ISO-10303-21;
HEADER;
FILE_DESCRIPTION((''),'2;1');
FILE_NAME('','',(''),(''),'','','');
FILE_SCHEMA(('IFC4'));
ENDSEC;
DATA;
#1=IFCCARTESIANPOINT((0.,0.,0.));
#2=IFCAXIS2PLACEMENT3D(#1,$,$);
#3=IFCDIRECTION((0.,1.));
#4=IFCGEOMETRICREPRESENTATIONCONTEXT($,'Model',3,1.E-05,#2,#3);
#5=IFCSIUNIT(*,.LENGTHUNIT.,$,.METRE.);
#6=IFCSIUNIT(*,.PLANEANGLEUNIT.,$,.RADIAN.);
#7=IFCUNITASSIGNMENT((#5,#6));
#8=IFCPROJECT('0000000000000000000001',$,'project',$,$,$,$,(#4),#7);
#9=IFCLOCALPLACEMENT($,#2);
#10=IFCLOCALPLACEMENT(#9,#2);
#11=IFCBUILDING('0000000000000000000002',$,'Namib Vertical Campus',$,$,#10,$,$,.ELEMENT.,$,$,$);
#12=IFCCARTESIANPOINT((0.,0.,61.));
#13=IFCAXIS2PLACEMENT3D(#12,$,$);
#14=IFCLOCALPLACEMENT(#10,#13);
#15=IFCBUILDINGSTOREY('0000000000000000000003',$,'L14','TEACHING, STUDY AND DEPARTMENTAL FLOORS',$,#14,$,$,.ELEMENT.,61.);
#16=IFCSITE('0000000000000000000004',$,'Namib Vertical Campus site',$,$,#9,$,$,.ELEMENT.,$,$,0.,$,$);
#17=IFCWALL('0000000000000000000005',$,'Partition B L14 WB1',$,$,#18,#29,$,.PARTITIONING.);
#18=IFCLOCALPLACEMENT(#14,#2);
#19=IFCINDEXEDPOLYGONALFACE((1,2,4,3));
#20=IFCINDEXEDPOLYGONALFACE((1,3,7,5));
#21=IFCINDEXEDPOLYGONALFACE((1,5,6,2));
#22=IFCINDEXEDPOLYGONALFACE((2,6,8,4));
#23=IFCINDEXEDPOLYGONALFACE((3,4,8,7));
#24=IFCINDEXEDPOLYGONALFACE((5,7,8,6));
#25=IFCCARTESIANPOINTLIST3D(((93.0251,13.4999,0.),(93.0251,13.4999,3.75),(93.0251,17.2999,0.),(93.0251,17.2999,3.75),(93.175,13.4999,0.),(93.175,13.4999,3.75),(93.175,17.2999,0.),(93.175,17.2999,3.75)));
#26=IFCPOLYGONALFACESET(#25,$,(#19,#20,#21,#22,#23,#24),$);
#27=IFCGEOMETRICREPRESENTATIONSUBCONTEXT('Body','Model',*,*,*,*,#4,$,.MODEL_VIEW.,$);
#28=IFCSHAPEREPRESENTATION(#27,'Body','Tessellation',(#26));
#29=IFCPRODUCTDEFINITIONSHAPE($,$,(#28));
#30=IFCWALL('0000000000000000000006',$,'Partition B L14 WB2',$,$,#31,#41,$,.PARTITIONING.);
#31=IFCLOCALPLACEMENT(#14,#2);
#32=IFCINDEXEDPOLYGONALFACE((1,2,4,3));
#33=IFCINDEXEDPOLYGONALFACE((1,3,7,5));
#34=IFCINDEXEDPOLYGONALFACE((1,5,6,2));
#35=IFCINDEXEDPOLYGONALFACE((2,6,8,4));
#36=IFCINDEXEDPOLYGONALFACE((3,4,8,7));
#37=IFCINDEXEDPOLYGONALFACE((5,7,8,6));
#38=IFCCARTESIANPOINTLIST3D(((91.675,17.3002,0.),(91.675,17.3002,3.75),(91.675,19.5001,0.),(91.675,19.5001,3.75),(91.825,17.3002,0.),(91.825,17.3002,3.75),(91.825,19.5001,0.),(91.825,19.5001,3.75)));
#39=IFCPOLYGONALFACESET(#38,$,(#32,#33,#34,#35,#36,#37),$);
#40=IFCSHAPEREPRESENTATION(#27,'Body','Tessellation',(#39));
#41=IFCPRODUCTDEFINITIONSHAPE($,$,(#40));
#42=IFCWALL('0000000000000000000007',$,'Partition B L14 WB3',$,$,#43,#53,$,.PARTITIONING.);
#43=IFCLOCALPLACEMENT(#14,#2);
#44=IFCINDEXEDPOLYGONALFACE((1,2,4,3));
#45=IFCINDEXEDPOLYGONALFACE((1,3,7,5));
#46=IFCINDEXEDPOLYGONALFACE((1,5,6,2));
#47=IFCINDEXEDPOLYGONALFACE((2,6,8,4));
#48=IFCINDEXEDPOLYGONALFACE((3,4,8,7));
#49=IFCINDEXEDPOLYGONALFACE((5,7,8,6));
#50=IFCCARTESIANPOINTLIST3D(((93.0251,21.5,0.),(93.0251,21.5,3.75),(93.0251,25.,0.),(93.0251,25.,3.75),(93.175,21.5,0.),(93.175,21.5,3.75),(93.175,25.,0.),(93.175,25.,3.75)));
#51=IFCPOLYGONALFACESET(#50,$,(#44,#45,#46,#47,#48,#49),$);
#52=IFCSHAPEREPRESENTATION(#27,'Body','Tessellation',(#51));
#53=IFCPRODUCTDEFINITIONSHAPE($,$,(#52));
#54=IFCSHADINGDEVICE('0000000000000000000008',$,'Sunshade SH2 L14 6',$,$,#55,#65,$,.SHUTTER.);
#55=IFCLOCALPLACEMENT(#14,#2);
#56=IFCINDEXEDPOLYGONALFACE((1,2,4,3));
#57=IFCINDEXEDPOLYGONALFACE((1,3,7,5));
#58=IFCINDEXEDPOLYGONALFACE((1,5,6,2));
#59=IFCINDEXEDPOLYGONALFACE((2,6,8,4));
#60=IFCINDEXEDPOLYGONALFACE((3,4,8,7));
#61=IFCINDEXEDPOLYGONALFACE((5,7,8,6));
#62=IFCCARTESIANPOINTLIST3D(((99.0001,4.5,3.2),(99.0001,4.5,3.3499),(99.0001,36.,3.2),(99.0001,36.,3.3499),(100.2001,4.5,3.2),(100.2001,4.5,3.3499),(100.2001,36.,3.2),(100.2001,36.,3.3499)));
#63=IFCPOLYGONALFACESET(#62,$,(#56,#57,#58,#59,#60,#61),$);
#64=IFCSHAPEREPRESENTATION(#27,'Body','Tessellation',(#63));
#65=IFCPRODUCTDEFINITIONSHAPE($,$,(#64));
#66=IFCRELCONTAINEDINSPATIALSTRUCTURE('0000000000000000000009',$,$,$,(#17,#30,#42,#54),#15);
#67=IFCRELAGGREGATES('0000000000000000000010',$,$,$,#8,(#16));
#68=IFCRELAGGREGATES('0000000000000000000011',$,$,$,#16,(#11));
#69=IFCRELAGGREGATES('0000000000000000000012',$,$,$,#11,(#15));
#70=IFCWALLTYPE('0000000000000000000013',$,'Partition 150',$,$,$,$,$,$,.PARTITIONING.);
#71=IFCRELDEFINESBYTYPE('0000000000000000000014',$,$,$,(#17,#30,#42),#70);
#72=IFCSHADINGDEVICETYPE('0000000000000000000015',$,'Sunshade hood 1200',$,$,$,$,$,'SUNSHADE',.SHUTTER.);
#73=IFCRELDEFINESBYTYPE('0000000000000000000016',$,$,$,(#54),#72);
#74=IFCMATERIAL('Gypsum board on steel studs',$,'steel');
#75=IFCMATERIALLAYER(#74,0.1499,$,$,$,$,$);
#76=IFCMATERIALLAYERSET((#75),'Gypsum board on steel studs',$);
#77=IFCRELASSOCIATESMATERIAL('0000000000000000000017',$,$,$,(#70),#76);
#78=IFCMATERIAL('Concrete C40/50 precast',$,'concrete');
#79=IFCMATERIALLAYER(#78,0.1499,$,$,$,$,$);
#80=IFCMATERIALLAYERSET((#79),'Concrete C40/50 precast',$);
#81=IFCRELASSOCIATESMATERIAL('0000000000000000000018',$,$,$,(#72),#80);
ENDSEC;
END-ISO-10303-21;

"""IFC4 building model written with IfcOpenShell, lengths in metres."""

from ifc_helpers import new_model, si_unit, direction, frame, frame_2d, origin, origin_2d, place, context, subcontext, project, spatial, rectangle, extrude, material, layer, layer_set, type_object, element, save


model = new_model("IFC4")

# Units and contexts
model_context = context("Model", 3, precision=1e-05, world=origin(), true_north=direction((0.0, 1.0)))
body_context = subcontext(model_context, "Body", "Model", "MODEL_VIEW")
ifc_project = project(units=[si_unit("LENGTHUNIT", "METRE"), si_unit("PLANEANGLEUNIT", "RADIAN")], contexts=[model_context])

# Site, building, storey
site_placement = place(None, origin())
site = spatial("IfcSite", under=ifc_project, at=site_placement, Name="Namib Vertical Campus site", CompositionType="ELEMENT", RefElevation=0.0)
building_placement = place(site_placement, origin())
building = spatial("IfcBuilding", under=site, at=building_placement, Name="Namib Vertical Campus", CompositionType="ELEMENT")
storey_placement = place(building_placement, frame((0.0, 0.0, 61.0)))
storey = spatial("IfcBuildingStorey", under=building, at=storey_placement, Name="L14", Description="TEACHING, STUDY AND DEPARTMENTAL FLOORS", CompositionType="ELEMENT", Elevation=61.0)

# Walls
ifc_material_1 = material(Name="Gypsum board on steel studs", Category="steel")
ifc_layer_1 = layer(ifc_material_1, 0.1499)
ifc_layer_set_1 = layer_set([ifc_layer_1], Name="Gypsum board on steel studs")
wall_type_1 = type_object("IfcWallType", Name="Partition 150", PredefinedType="PARTITIONING", material=ifc_layer_set_1)
wall_1_placement = place(storey_placement, frame((93.1001, 13.5, 0.0), z_axis=(0.0, 0.0, 1.0), x_axis=(0.0, 1.0, 0.0)))
element("IfcWall", 1, at=wall_1_placement, inside=storey, type_object=wall_type_1, Name="Partition B L14 WB1", PredefinedType="PARTITIONING", context=body_context, shape_type="SweptSolid", body=[
    extrude(rectangle(XDim=3.8, YDim=0.1499, at=frame_2d((1.8999, 0.0))), origin(), (0.0, 0.0, 1.0), 3.75),
])
wall_2_placement = place(storey_placement, frame((91.75, 17.3, 0.0), z_axis=(0.0, 0.0, 1.0), x_axis=(0.0, 1.0, 0.0)))
element("IfcWall", 2, at=wall_2_placement, inside=storey, type_object=wall_type_1, Name="Partition B L14 WB2", PredefinedType="PARTITIONING", context=body_context, shape_type="SweptSolid", body=[
    extrude(rectangle(XDim=2.2, YDim=0.1499, at=frame_2d((1.1001, 0.0))), origin(), (0.0, 0.0, 1.0), 3.75),
])
wall_3_placement = place(storey_placement, frame((93.1001, 21.5, 0.0), z_axis=(0.0, 0.0, 1.0), x_axis=(0.0, 1.0, 0.0)))
element("IfcWall", 3, at=wall_3_placement, inside=storey, type_object=wall_type_1, Name="Partition B L14 WB3", PredefinedType="PARTITIONING", context=body_context, shape_type="SweptSolid", body=[
    extrude(rectangle(XDim=3.5, YDim=0.1499, at=frame_2d((1.75, 0.0))), origin(), (0.0, 0.0, 1.0), 3.75),
])

# Shading device
ifc_material_2 = material(Name="Concrete C40/50 precast", Category="concrete")
ifc_layer_2 = layer(ifc_material_2, 0.1499)
ifc_layer_set_2 = layer_set([ifc_layer_2], Name="Concrete C40/50 precast")
shading_device_type = type_object("IfcShadingDeviceType", Name="Sunshade hood 1200", ElementType="SUNSHADE", PredefinedType="SHUTTER", material=ifc_layer_set_2)
shading_device_placement = place(storey_placement, frame((99.6001, 20.25, 3.2), z_axis=(0.0, 0.0, 1.0), x_axis=(0.0, 1.0, 0.0)))
element("IfcShadingDevice", 4, at=shading_device_placement, inside=storey, type_object=shading_device_type, Name="Sunshade SH2 L14 6", PredefinedType="SHUTTER", context=body_context, shape_type="SweptSolid", body=[
    extrude(rectangle(XDim=31.5, YDim=1.2, at=origin_2d()), origin(), (0.0, 0.0, 1.0), 0.1499),
])

save(model, "model.ifc")
